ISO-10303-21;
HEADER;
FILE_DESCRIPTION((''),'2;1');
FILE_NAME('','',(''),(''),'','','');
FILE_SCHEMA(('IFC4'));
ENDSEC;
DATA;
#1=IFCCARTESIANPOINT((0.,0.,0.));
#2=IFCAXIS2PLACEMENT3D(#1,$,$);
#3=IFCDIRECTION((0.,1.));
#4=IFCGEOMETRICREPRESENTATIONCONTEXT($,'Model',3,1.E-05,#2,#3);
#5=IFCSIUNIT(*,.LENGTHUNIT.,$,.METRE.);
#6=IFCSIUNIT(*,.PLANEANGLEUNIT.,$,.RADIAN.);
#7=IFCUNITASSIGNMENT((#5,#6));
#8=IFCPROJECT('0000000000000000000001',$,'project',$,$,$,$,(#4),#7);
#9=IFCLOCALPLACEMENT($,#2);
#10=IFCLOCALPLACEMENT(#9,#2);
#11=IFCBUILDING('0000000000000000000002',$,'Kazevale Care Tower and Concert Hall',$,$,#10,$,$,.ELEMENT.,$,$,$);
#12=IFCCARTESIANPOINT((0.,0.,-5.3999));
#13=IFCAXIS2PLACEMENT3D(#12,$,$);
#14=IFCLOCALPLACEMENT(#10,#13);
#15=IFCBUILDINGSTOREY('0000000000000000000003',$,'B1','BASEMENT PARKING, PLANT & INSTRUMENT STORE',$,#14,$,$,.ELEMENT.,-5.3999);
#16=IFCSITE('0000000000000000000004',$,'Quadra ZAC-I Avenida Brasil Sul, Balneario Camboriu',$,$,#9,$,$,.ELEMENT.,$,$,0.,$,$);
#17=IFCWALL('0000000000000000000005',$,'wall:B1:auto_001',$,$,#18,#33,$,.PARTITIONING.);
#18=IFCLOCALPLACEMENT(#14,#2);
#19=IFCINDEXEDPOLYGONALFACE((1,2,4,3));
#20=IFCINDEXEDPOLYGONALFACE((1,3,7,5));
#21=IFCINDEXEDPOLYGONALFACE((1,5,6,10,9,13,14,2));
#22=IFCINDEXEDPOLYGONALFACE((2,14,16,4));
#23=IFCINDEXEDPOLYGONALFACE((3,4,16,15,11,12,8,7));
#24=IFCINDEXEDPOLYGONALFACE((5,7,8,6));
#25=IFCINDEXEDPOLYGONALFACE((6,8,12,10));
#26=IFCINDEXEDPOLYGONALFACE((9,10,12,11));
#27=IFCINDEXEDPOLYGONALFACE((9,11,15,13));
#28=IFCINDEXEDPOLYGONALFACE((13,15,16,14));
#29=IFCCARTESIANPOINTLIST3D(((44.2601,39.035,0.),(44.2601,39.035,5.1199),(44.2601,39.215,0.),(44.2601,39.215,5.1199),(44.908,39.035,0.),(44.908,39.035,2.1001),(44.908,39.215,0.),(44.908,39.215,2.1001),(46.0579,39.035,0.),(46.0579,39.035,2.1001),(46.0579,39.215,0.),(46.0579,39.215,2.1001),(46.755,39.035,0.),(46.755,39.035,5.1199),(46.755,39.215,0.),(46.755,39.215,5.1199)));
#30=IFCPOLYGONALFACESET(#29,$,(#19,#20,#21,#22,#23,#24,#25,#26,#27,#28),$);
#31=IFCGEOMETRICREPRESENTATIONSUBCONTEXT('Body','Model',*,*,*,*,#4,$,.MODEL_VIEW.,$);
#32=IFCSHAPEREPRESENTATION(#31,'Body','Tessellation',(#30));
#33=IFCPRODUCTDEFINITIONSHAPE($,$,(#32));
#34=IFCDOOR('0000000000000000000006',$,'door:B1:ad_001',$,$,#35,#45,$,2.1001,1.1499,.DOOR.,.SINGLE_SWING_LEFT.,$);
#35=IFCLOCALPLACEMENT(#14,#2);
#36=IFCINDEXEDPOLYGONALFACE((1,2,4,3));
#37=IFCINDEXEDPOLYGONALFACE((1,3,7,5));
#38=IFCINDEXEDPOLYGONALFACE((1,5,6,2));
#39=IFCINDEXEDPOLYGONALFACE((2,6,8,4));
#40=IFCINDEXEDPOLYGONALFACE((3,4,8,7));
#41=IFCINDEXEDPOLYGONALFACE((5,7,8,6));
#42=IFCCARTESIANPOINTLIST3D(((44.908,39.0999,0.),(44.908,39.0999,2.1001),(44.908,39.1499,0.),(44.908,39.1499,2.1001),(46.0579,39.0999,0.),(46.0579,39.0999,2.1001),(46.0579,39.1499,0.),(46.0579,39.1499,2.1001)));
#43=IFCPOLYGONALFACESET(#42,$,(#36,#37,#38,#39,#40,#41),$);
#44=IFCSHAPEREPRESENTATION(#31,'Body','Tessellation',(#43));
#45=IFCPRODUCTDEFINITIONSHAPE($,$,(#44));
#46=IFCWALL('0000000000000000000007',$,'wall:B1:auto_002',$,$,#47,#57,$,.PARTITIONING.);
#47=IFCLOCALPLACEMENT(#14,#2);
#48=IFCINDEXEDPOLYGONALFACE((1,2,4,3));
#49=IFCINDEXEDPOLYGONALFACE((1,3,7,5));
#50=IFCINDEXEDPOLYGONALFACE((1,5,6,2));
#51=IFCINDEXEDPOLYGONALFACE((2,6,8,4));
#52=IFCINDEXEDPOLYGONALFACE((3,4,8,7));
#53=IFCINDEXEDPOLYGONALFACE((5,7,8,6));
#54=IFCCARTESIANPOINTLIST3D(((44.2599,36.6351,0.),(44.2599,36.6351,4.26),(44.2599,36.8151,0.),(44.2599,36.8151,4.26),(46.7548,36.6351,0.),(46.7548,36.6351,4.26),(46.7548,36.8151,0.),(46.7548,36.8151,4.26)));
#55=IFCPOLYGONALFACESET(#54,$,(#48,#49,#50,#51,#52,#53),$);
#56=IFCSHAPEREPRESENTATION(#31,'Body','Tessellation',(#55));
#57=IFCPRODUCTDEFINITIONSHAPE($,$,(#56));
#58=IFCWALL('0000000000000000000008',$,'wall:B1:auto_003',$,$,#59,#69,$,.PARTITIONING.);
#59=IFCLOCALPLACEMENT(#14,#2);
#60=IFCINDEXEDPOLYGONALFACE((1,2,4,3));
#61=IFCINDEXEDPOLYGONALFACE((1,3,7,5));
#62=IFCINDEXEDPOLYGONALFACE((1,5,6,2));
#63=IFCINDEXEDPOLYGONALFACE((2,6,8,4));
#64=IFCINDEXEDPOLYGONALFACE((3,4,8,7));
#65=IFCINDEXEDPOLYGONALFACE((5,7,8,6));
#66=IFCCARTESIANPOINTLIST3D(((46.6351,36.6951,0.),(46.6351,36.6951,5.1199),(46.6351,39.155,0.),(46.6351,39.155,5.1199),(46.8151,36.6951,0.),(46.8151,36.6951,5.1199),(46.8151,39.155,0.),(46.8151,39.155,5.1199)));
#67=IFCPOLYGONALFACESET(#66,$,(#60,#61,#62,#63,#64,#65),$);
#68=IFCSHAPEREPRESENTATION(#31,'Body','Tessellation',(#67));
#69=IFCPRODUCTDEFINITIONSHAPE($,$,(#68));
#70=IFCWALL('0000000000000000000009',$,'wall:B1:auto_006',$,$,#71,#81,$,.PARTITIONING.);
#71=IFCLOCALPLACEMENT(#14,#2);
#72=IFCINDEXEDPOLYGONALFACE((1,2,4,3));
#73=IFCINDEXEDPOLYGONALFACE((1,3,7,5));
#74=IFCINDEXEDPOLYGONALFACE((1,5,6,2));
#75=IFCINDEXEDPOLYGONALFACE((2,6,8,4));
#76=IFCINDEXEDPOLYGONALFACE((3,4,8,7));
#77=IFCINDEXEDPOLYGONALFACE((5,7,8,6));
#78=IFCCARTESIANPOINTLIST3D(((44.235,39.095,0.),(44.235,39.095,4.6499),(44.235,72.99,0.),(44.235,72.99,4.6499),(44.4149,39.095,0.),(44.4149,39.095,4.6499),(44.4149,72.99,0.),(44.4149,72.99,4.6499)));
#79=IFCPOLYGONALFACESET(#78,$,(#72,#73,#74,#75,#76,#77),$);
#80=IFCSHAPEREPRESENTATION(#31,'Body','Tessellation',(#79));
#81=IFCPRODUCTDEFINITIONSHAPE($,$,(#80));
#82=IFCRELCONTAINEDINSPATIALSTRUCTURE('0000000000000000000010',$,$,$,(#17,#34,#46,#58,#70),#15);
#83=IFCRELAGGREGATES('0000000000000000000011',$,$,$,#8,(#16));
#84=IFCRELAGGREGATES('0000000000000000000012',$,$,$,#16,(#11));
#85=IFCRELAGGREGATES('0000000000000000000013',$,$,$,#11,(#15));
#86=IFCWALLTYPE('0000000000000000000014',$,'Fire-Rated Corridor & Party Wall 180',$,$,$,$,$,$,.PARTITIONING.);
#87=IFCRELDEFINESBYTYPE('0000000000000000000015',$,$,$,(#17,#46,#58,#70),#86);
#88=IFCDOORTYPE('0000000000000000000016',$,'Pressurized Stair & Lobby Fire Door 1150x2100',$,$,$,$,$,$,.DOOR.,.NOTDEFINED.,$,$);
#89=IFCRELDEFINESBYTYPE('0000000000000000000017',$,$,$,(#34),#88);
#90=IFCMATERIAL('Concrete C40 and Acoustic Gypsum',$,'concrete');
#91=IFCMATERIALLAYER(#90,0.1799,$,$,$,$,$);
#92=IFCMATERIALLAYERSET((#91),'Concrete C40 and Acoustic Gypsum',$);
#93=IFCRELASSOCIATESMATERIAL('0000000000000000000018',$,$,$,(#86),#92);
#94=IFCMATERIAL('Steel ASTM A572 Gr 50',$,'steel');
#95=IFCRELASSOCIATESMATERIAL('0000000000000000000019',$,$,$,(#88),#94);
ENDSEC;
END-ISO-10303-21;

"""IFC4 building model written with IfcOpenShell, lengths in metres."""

from ifc_helpers import new_model, si_unit, direction, frame, frame_2d, origin, place, context, subcontext, project, spatial, rectangle, extrude, material, layer, layer_set, type_object, element, fill, save


model = new_model("IFC4")

# Units and contexts
model_context = context("Model", 3, precision=1e-05, world=origin(), true_north=direction((0.0, 1.0)))
body_context = subcontext(model_context, "Body", "Model", "MODEL_VIEW")
ifc_project = project(units=[si_unit("LENGTHUNIT", "METRE"), si_unit("PLANEANGLEUNIT", "RADIAN")], contexts=[model_context])

# Site, building, storey
site_placement = place(None, origin())
site = spatial("IfcSite", under=ifc_project, at=site_placement, Name="Quadra ZAC-I Avenida Brasil Sul, Balneario Camboriu", CompositionType="ELEMENT", RefElevation=0.0)
building_placement = place(site_placement, origin())
building = spatial("IfcBuilding", under=site, at=building_placement, Name="Kazevale Care Tower and Concert Hall", CompositionType="ELEMENT")
storey_placement = place(building_placement, frame((0.0, 0.0, -5.3999)))
storey = spatial("IfcBuildingStorey", under=building, at=storey_placement, Name="B1", Description="BASEMENT PARKING, PLANT & INSTRUMENT STORE", CompositionType="ELEMENT", Elevation=-5.3999)

# Shared definitions
ifc_material_1 = material(Name="Steel ASTM A572 Gr 50", Category="steel")

# Wall, opening, door
ifc_material_2 = material(Name="Concrete C40 and Acoustic Gypsum", Category="concrete")
ifc_layer_1 = layer(ifc_material_2, 0.1799)
ifc_layer_set_1 = layer_set([ifc_layer_1], Name="Concrete C40 and Acoustic Gypsum")
wall_type = type_object("IfcWallType", Name="Fire-Rated Corridor & Party Wall 180", PredefinedType="PARTITIONING", material=ifc_layer_set_1)
wall_1_placement = place(storey_placement, frame((44.26, 39.125, 0.0), z_axis=(0.0, 0.0, 1.0), x_axis=(1.0, 0.0, 0.0)))
wall_1 = element("IfcWall", 1, at=wall_1_placement, inside=storey, type_object=wall_type, Name="wall:B1:auto_001", PredefinedType="PARTITIONING", context=body_context, shape_type="SweptSolid", body=[
    extrude(rectangle(XDim=2.4949, YDim=0.1799, at=frame_2d((1.2476, 0.0))), origin(), (0.0, 0.0, 1.0), 5.1199),
])
opening_placement = place(wall_1_placement, frame((0.6479, 0.0, 0.0)))
opening = element("IfcOpeningElement", 2, at=opening_placement, cuts=wall_1, PredefinedType="OPENING", context=body_context, shape_type="SweptSolid", body=[
    extrude(rectangle(XDim=1.1499, YDim=2.1001, at=frame_2d((0.575, 1.05))), frame((0.0, 0.0999, 0.0), z_axis=(0.0, -1.0, 0.0), x_axis=(1.0, 0.0, 0.0)), (0.0, 0.0, 1.0), 0.2),
])
door_type = type_object("IfcDoorType", Name="Pressurized Stair & Lobby Fire Door 1150x2100", OperationType="NOTDEFINED", PredefinedType="DOOR", material=ifc_material_1)
door_placement = place(opening_placement, origin())
door = element("IfcDoor", 3, at=door_placement, inside=storey, type_object=door_type, Name="door:B1:ad_001", OperationType="SINGLE_SWING_LEFT", OverallHeight=2.1001, OverallWidth=1.1499, PredefinedType="DOOR", context=body_context, shape_type="SweptSolid", body=[
    extrude(rectangle(XDim=1.1499, YDim=2.1001, at=frame_2d((0.575, 1.05))), frame((0.0, 0.0249, 0.0), z_axis=(0.0, -1.0, 0.0), x_axis=(1.0, 0.0, 0.0)), (0.0, 0.0, 1.0), 0.05),
])
fill(opening, door)

# Walls
wall_2_placement = place(storey_placement, frame((46.7549, 36.7251, 0.0), z_axis=(0.0, 0.0, 1.0), x_axis=(-1.0, 0.0, 0.0)))
element("IfcWall", 4, at=wall_2_placement, inside=storey, type_object=wall_type, Name="wall:B1:auto_002", PredefinedType="PARTITIONING", context=body_context, shape_type="SweptSolid", body=[
    extrude(rectangle(XDim=2.4949, YDim=0.1799, at=frame_2d((1.2476, 0.0))), origin(), (0.0, 0.0, 1.0), 4.26),
])
wall_3_placement = place(storey_placement, frame((46.7251, 39.155, 0.0), z_axis=(0.0, 0.0, 1.0), x_axis=(0.0, -1.0, 0.0)))
element("IfcWall", 5, at=wall_3_placement, inside=storey, type_object=wall_type, Name="wall:B1:auto_003", PredefinedType="PARTITIONING", context=body_context, shape_type="SweptSolid", body=[
    extrude(rectangle(XDim=2.46, YDim=0.1799, at=frame_2d((1.23, 0.0))), origin(), (0.0, 0.0, 1.0), 5.1199),
])
wall_4_placement = place(storey_placement, frame((44.325, 39.095, 0.0), z_axis=(0.0, 0.0, 1.0), x_axis=(0.0, 1.0, 0.0)))
element("IfcWall", 6, at=wall_4_placement, inside=storey, type_object=wall_type, Name="wall:B1:auto_006", PredefinedType="PARTITIONING", context=body_context, shape_type="SweptSolid", body=[
    extrude(rectangle(XDim=33.895, YDim=0.1799, at=frame_2d((16.9475, 0.0))), origin(), (0.0, 0.0, 1.0), 4.6499),
])

save(model, "model.ifc")
